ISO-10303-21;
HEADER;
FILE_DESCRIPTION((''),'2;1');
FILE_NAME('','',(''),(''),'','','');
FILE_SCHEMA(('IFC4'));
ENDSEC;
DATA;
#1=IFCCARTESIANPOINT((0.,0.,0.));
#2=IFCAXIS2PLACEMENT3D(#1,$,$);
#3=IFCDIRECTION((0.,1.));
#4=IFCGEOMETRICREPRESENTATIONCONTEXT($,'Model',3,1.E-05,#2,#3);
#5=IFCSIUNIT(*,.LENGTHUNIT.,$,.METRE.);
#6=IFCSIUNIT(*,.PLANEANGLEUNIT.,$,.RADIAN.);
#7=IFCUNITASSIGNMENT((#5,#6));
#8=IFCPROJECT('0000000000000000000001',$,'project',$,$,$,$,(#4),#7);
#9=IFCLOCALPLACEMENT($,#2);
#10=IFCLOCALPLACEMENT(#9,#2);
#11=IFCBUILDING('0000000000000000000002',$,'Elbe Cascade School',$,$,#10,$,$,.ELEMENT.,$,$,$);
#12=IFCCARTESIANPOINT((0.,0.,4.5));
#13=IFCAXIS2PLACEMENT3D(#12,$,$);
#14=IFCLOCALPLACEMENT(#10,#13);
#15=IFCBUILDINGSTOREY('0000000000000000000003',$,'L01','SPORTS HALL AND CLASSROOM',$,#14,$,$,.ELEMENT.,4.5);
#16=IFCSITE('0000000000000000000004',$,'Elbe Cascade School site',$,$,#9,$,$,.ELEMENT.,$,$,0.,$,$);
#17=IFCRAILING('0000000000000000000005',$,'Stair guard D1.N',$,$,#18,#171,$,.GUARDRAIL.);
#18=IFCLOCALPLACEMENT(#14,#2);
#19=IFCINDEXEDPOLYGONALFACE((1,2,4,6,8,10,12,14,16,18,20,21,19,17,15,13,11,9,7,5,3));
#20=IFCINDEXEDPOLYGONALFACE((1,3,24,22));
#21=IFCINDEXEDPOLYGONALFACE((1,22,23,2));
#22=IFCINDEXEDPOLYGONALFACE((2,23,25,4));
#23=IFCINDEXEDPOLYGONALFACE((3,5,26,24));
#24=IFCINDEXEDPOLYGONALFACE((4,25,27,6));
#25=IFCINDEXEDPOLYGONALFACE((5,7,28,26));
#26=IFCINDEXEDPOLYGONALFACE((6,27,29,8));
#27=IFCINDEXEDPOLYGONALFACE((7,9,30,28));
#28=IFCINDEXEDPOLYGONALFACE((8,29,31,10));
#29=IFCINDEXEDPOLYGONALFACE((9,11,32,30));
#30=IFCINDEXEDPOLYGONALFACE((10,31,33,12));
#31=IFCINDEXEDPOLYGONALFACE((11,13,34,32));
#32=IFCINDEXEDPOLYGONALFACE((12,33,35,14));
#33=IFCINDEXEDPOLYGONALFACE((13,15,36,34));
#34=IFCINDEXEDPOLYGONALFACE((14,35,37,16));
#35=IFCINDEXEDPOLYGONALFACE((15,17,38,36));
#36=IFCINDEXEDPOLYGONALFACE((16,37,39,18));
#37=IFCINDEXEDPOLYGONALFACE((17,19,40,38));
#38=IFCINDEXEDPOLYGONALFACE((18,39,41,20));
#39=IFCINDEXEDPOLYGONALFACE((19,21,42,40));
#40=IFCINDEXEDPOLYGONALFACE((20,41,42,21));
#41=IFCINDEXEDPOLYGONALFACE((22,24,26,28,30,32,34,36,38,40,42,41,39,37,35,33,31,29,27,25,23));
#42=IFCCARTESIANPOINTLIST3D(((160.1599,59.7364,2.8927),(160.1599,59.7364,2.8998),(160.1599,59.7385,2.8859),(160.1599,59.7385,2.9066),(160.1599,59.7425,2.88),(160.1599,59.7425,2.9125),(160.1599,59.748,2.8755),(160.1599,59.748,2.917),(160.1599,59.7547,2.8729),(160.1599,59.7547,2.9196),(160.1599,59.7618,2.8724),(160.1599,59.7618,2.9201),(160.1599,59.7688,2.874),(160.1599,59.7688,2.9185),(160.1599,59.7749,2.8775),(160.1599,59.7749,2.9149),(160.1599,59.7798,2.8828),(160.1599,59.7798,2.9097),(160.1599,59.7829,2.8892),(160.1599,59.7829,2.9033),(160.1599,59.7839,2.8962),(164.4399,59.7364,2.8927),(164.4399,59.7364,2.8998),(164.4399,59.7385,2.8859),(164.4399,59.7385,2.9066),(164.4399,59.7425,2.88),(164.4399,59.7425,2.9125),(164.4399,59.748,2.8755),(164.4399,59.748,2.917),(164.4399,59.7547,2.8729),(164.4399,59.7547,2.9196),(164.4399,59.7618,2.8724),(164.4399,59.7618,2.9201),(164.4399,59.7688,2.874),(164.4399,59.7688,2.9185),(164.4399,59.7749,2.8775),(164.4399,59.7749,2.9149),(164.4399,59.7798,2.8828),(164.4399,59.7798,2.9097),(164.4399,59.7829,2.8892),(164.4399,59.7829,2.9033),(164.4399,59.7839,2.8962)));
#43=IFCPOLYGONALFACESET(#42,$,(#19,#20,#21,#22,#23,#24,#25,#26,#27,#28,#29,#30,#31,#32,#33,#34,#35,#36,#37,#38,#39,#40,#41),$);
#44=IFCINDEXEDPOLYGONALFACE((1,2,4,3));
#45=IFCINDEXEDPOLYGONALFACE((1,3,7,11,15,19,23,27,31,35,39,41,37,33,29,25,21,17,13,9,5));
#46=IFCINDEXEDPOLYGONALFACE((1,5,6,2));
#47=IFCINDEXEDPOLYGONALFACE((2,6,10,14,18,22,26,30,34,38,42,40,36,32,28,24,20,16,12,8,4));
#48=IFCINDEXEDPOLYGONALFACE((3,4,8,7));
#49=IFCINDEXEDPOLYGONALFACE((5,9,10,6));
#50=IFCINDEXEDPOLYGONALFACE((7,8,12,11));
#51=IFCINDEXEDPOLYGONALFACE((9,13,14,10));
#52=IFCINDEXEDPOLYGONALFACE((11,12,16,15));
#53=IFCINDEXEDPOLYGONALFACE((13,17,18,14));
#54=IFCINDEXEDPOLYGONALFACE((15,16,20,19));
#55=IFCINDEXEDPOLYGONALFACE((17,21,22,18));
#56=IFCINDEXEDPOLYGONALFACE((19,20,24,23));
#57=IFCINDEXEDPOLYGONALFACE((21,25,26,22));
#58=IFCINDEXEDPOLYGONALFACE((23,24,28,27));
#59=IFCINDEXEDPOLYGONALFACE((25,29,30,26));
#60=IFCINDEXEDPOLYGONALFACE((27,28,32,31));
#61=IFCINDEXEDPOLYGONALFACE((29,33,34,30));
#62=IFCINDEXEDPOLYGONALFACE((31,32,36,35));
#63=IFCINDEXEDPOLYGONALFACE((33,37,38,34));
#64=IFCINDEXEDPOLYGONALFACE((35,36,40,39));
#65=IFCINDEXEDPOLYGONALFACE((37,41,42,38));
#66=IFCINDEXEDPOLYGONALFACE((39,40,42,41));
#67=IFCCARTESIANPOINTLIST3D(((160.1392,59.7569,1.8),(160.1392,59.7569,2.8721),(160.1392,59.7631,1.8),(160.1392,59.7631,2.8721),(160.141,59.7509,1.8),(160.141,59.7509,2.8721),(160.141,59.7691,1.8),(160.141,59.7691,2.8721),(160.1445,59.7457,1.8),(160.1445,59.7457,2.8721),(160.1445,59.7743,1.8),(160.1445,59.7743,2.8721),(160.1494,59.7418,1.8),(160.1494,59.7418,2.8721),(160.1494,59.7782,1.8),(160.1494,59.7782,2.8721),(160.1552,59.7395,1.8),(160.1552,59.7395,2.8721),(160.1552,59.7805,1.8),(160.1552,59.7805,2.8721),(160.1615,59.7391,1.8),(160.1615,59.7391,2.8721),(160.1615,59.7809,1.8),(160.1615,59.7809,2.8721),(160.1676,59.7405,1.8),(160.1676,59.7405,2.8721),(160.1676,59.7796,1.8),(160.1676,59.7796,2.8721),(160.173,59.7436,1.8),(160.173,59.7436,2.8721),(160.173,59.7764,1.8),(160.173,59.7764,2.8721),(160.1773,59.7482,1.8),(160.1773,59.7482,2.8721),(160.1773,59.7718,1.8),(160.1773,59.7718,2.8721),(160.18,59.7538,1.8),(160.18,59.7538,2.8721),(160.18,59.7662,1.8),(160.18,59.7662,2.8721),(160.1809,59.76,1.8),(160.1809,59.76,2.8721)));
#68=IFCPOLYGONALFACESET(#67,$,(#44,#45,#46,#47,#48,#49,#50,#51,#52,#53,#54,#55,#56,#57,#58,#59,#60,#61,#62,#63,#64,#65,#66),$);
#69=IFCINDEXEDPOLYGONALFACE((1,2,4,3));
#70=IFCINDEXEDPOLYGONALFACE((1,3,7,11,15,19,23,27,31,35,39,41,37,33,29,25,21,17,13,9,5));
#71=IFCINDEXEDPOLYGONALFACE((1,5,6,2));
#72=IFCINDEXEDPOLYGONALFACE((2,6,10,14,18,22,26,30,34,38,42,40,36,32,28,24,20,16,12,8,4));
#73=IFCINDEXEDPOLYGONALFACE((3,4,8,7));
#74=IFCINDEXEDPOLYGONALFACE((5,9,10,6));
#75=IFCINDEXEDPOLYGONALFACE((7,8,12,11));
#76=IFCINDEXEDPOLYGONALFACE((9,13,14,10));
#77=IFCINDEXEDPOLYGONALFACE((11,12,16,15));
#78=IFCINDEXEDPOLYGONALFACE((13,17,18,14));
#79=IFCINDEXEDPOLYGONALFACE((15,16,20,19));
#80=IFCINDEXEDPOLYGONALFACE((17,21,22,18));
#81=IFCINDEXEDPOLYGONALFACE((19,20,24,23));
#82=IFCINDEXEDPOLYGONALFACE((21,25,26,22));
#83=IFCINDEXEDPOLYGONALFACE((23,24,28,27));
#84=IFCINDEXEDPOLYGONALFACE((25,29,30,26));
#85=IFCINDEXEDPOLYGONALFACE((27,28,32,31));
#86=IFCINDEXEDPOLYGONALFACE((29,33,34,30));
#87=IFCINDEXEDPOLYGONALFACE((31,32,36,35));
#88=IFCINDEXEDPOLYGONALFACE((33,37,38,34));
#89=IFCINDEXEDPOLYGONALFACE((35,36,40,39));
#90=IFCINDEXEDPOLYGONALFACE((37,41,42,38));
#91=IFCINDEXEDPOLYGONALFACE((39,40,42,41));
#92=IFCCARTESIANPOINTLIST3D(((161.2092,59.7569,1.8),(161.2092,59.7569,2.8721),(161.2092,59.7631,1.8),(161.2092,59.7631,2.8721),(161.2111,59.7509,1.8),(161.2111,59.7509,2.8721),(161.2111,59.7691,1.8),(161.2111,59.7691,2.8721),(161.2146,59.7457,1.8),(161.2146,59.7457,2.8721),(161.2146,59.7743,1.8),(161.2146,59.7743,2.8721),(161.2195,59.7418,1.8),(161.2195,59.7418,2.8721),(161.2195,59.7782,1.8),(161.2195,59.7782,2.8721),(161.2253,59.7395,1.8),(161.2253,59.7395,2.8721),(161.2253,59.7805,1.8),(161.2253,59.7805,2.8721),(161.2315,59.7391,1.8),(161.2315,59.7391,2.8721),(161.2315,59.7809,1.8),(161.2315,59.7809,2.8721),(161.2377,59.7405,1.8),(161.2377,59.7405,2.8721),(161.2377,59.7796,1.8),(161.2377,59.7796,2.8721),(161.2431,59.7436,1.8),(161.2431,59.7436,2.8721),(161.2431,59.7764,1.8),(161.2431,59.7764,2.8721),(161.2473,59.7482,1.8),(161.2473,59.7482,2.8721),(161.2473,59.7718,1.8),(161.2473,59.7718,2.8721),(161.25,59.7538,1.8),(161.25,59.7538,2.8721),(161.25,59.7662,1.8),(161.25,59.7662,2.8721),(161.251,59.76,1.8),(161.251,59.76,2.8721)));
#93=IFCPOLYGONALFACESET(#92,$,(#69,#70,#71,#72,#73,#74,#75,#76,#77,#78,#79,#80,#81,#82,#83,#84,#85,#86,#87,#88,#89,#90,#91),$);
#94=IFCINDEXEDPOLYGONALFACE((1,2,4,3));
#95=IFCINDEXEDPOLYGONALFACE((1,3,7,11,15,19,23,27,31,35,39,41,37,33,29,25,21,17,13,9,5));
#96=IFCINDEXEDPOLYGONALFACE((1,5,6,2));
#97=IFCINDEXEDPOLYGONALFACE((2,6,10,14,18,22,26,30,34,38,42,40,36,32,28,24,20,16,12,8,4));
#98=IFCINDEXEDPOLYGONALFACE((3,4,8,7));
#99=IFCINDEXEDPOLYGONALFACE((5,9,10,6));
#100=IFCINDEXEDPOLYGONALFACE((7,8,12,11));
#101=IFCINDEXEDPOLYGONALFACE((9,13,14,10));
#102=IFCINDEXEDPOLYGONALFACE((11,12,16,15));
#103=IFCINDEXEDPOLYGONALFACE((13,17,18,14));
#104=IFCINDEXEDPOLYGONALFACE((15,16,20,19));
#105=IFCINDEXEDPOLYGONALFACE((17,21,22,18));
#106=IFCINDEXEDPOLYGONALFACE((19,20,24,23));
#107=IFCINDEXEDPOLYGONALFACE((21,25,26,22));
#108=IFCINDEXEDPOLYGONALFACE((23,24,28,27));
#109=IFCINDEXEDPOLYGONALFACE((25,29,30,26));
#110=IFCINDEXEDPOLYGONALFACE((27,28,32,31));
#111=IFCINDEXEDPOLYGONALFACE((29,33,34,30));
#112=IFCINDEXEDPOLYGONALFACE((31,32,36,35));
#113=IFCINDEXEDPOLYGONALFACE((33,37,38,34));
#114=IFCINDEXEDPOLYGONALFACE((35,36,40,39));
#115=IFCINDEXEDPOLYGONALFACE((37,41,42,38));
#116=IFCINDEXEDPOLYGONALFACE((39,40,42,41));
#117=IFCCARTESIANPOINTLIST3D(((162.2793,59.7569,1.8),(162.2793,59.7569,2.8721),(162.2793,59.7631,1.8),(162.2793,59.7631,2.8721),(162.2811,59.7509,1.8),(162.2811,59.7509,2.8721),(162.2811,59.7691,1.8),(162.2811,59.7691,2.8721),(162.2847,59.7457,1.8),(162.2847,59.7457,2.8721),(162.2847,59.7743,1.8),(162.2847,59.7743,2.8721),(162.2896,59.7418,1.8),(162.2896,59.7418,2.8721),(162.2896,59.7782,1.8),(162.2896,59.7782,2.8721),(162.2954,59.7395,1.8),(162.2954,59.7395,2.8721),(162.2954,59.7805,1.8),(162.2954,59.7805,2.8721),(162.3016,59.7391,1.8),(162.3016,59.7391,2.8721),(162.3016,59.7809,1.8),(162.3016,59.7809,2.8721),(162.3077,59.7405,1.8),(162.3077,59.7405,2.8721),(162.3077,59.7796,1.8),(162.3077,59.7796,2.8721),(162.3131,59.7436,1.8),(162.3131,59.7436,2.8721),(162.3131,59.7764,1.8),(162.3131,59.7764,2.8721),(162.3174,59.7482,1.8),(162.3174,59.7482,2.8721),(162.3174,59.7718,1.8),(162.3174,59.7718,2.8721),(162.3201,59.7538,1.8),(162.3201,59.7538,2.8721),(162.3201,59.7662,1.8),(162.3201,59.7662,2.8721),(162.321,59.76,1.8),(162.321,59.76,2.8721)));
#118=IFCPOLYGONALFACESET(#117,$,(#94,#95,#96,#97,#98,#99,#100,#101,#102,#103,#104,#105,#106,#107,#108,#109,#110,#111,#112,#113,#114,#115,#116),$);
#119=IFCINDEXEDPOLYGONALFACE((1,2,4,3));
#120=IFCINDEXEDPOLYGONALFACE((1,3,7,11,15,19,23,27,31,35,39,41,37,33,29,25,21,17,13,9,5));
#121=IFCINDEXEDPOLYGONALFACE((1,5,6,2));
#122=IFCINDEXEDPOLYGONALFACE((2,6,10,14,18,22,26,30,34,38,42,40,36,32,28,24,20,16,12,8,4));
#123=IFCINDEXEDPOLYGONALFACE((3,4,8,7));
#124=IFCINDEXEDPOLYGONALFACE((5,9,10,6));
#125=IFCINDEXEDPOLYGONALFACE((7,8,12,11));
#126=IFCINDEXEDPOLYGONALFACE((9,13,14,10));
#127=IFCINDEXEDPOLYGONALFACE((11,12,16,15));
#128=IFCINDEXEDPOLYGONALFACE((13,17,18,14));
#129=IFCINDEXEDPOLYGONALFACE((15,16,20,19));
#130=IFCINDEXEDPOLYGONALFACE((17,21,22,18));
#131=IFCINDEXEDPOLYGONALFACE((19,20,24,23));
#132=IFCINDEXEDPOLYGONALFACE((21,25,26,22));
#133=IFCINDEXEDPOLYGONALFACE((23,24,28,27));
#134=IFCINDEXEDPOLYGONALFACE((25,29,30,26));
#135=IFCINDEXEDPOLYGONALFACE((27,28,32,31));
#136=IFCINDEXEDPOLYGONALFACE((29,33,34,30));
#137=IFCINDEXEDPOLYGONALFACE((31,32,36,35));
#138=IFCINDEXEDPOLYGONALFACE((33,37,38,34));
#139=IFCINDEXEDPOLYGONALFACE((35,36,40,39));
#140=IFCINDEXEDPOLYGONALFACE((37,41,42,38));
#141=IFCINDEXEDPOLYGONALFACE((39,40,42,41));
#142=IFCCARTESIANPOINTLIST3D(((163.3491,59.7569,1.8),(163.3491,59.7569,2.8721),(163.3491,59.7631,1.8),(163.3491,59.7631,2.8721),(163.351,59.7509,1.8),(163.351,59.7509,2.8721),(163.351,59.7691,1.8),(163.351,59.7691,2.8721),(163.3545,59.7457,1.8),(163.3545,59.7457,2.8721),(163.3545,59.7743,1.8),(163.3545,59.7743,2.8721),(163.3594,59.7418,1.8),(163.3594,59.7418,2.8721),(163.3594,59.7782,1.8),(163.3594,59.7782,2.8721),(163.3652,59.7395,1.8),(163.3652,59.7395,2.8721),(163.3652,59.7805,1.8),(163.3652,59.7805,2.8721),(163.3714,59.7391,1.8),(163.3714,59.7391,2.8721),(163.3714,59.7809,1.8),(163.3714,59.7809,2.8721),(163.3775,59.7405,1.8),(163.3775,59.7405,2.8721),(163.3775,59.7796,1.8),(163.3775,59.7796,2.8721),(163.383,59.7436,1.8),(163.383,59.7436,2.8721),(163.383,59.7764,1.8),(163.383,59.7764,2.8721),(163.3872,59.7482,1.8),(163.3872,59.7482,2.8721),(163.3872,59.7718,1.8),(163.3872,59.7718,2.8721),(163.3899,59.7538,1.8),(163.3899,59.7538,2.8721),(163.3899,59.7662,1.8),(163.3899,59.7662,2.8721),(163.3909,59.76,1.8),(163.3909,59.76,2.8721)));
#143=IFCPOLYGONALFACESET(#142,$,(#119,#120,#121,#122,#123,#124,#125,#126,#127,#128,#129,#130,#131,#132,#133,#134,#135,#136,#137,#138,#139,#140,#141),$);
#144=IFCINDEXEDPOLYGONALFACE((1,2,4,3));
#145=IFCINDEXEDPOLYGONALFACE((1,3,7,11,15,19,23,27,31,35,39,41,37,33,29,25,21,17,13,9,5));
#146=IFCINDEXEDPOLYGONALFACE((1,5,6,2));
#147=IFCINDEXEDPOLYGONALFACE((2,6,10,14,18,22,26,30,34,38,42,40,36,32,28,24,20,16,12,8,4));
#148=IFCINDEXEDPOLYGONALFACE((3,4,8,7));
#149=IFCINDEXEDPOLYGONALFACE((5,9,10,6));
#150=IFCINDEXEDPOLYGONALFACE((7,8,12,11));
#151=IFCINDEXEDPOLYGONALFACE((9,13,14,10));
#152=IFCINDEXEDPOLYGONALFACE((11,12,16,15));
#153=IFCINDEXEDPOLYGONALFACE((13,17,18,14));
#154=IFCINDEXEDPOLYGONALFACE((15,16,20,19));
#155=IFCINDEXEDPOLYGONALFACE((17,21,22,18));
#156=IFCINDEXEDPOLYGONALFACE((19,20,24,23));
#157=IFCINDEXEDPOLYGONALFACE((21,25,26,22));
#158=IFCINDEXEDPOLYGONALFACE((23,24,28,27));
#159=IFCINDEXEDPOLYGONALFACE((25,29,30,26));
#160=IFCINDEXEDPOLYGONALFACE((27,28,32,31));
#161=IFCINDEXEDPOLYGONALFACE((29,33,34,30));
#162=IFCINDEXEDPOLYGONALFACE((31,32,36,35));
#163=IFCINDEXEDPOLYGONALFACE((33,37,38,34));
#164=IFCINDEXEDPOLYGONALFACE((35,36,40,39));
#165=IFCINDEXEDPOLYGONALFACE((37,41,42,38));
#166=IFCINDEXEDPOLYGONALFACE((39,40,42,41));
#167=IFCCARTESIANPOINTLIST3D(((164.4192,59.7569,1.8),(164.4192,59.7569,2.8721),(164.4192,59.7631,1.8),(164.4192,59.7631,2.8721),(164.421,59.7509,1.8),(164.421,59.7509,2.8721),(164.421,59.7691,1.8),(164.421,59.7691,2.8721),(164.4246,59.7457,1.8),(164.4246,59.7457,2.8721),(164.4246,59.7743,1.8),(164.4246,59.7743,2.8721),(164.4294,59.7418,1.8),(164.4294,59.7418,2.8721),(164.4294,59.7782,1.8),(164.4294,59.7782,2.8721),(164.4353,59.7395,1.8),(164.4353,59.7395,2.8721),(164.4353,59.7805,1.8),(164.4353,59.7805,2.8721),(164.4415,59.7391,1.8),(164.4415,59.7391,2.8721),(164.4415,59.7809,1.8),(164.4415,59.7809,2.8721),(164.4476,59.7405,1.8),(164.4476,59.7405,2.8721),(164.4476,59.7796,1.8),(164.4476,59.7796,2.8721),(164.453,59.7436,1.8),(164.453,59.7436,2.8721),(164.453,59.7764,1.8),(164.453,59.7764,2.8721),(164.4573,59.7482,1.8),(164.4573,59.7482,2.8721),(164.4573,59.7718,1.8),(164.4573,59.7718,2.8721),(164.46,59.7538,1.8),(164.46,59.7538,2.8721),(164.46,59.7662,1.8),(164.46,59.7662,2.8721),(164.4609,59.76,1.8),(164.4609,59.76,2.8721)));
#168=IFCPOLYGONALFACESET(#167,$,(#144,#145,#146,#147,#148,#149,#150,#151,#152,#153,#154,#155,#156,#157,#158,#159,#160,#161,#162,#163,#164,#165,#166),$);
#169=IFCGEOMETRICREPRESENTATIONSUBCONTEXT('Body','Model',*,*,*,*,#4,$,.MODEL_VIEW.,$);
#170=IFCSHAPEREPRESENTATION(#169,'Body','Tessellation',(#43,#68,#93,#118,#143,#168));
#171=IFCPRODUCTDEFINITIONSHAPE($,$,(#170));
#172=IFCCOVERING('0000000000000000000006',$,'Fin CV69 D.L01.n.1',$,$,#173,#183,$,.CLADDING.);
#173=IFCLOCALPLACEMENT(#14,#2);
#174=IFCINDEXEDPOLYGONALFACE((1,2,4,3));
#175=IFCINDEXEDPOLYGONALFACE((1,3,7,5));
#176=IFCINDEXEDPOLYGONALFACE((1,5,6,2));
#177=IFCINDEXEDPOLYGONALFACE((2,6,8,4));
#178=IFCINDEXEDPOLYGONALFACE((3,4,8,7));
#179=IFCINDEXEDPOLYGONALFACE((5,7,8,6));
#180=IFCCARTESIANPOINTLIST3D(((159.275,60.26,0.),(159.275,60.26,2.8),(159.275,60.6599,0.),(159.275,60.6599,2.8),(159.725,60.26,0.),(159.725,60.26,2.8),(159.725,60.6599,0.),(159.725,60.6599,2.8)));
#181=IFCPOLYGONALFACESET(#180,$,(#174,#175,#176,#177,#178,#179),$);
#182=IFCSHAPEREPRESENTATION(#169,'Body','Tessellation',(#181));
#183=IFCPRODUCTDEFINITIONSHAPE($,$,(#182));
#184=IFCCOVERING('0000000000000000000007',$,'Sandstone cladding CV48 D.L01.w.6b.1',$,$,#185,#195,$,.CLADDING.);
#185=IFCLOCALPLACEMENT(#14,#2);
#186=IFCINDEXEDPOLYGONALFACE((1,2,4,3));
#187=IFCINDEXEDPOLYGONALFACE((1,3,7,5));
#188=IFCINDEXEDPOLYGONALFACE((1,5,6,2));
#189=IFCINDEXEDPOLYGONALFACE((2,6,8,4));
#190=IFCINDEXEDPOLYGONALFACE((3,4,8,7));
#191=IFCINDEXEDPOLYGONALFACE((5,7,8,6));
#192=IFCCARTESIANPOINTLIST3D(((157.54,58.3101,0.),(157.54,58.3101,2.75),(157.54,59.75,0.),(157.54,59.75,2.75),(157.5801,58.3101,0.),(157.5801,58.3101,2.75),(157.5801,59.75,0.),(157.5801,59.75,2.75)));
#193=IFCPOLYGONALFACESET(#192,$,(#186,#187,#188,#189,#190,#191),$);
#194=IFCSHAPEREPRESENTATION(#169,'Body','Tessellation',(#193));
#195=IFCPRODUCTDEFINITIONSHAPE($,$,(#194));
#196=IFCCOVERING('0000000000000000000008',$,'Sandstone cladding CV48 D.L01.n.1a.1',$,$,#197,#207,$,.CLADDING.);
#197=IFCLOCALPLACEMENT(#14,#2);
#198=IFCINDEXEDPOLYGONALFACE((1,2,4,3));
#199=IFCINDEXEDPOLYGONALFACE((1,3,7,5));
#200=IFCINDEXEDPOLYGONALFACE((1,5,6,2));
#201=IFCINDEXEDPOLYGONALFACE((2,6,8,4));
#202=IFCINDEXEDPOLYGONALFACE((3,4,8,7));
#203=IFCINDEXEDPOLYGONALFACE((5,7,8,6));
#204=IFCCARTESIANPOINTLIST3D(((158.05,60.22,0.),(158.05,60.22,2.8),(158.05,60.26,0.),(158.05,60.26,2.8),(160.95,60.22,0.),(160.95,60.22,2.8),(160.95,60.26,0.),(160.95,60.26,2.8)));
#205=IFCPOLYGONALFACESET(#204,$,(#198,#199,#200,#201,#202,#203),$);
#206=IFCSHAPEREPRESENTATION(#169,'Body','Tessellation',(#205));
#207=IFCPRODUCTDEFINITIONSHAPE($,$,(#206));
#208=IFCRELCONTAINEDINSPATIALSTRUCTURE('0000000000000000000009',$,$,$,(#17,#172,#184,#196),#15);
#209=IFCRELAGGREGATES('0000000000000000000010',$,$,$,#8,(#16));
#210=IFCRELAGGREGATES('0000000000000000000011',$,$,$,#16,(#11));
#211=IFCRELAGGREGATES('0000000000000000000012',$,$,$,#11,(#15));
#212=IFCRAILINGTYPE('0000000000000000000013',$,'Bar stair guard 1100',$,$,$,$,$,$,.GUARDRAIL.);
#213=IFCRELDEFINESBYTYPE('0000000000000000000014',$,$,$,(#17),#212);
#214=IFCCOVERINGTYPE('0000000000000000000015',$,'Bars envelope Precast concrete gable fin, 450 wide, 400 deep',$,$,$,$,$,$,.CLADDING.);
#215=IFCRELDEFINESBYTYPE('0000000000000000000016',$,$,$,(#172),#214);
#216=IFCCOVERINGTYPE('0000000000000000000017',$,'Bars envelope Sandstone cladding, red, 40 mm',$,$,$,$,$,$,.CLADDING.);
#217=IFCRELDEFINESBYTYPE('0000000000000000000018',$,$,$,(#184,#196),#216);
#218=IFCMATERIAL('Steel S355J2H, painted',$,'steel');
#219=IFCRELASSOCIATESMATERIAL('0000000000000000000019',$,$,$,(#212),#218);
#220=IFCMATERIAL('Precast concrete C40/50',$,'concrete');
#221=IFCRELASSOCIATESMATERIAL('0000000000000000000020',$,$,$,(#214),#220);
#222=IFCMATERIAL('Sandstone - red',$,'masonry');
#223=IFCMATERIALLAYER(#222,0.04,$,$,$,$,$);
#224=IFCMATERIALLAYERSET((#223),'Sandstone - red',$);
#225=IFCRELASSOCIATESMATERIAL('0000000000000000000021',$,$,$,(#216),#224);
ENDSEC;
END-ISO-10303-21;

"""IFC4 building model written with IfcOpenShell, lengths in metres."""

from ifc_helpers import new_model, si_unit, direction, frame, origin, origin_2d, place, context, subcontext, project, spatial, rectangle, circle, extrude, material, layer, layer_set, type_object, element, save


model = new_model("IFC4")

# Units and contexts
model_context = context("Model", 3, precision=1e-05, world=origin(), true_north=direction((0.0, 1.0)))
body_context = subcontext(model_context, "Body", "Model", "MODEL_VIEW")
ifc_project = project(units=[si_unit("LENGTHUNIT", "METRE"), si_unit("PLANEANGLEUNIT", "RADIAN")], contexts=[model_context])

# Site, building, storey
site_placement = place(None, origin())
site = spatial("IfcSite", under=ifc_project, at=site_placement, Name="Elbe Cascade School site", CompositionType="ELEMENT", RefElevation=0.0)
building_placement = place(site_placement, origin())
building = spatial("IfcBuilding", under=site, at=building_placement, Name="Elbe Cascade School", CompositionType="ELEMENT")
storey_placement = place(building_placement, frame((0.0, 0.0, 4.5)))
storey = spatial("IfcBuildingStorey", under=building, at=storey_placement, Name="L01", Description="SPORTS HALL AND CLASSROOM", CompositionType="ELEMENT", Elevation=4.5)

# Railing
ifc_material_1 = material(Name="Steel S355J2H, painted", Category="steel")
railing_type = type_object("IfcRailingType", Name="Bar stair guard 1100", PredefinedType="GUARDRAIL", material=ifc_material_1)
railing_placement = place(storey_placement, frame((160.1599, 59.76, 1.8)))
element("IfcRailing", 1, at=railing_placement, inside=storey, type_object=railing_type, Name="Stair guard D1.N", PredefinedType="GUARDRAIL", context=body_context, shape_type="SweptSolid", body=[
    extrude(circle(Radius=0.0239, at=origin_2d()), frame((0.0, 0.0, 1.0962), z_axis=(1.0, 0.0, 0.0), x_axis=(0.0, 1.0, 0.0)), (0.0, 0.0, 1.0), 4.28),
    extrude(circle(Radius=0.021, at=origin_2d()), origin(), (0.0, 0.0, 1.0), 1.072),
    extrude(circle(Radius=0.021, at=origin_2d()), frame((1.0701, 0.0, 0.0)), (0.0, 0.0, 1.0), 1.072),
    extrude(circle(Radius=0.021, at=origin_2d()), frame((2.1401, 0.0, 0.0)), (0.0, 0.0, 1.0), 1.072),
    extrude(circle(Radius=0.021, at=origin_2d()), frame((3.21, 0.0, 0.0)), (0.0, 0.0, 1.0), 1.072),
    extrude(circle(Radius=0.021, at=origin_2d()), frame((4.28, 0.0, 0.0)), (0.0, 0.0, 1.0), 1.072),
])

# Coverings
ifc_material_2 = material(Name="Precast concrete C40/50", Category="concrete")
covering_type_1 = type_object("IfcCoveringType", Name="Bars envelope Precast concrete gable fin, 450 wide, 400 deep", PredefinedType="CLADDING", material=ifc_material_2)
covering_1_placement = place(storey_placement, frame((159.5, 60.46, 0.0), z_axis=(0.0, 0.0, 1.0), x_axis=(1.0, 0.0, 0.0)))
element("IfcCovering", 2, at=covering_1_placement, inside=storey, type_object=covering_type_1, Name="Fin CV69 D.L01.n.1", PredefinedType="CLADDING", context=body_context, shape_type="SweptSolid", body=[
    extrude(rectangle(XDim=0.45, YDim=0.3999, at=origin_2d()), origin(), (0.0, 0.0, 1.0), 2.8),
])
ifc_material_3 = material(Name="Sandstone - red", Category="masonry")
ifc_layer_1 = layer(ifc_material_3, 0.04)
ifc_layer_set_1 = layer_set([ifc_layer_1], Name="Sandstone - red")
covering_type_2 = type_object("IfcCoveringType", Name="Bars envelope Sandstone cladding, red, 40 mm", PredefinedType="CLADDING", material=ifc_layer_set_1)
covering_2_placement = place(storey_placement, frame((157.5601, 59.03, 0.0), z_axis=(0.0, 0.0, 1.0), x_axis=(0.0, 1.0, 0.0)))
element("IfcCovering", 3, at=covering_2_placement, inside=storey, type_object=covering_type_2, Name="Sandstone cladding CV48 D.L01.w.6b.1", PredefinedType="CLADDING", context=body_context, shape_type="SweptSolid", body=[
    extrude(rectangle(XDim=1.4399, YDim=0.04, at=origin_2d()), origin(), (0.0, 0.0, 1.0), 2.75),
])
covering_3_placement = place(storey_placement, frame((159.5, 60.24, 0.0), z_axis=(0.0, 0.0, 1.0), x_axis=(1.0, 0.0, 0.0)))
element("IfcCovering", 4, at=covering_3_placement, inside=storey, type_object=covering_type_2, Name="Sandstone cladding CV48 D.L01.n.1a.1", PredefinedType="CLADDING", context=body_context, shape_type="SweptSolid", body=[
    extrude(rectangle(XDim=2.8999, YDim=0.04, at=origin_2d()), origin(), (0.0, 0.0, 1.0), 2.8),
])

save(model, "model.ifc")
